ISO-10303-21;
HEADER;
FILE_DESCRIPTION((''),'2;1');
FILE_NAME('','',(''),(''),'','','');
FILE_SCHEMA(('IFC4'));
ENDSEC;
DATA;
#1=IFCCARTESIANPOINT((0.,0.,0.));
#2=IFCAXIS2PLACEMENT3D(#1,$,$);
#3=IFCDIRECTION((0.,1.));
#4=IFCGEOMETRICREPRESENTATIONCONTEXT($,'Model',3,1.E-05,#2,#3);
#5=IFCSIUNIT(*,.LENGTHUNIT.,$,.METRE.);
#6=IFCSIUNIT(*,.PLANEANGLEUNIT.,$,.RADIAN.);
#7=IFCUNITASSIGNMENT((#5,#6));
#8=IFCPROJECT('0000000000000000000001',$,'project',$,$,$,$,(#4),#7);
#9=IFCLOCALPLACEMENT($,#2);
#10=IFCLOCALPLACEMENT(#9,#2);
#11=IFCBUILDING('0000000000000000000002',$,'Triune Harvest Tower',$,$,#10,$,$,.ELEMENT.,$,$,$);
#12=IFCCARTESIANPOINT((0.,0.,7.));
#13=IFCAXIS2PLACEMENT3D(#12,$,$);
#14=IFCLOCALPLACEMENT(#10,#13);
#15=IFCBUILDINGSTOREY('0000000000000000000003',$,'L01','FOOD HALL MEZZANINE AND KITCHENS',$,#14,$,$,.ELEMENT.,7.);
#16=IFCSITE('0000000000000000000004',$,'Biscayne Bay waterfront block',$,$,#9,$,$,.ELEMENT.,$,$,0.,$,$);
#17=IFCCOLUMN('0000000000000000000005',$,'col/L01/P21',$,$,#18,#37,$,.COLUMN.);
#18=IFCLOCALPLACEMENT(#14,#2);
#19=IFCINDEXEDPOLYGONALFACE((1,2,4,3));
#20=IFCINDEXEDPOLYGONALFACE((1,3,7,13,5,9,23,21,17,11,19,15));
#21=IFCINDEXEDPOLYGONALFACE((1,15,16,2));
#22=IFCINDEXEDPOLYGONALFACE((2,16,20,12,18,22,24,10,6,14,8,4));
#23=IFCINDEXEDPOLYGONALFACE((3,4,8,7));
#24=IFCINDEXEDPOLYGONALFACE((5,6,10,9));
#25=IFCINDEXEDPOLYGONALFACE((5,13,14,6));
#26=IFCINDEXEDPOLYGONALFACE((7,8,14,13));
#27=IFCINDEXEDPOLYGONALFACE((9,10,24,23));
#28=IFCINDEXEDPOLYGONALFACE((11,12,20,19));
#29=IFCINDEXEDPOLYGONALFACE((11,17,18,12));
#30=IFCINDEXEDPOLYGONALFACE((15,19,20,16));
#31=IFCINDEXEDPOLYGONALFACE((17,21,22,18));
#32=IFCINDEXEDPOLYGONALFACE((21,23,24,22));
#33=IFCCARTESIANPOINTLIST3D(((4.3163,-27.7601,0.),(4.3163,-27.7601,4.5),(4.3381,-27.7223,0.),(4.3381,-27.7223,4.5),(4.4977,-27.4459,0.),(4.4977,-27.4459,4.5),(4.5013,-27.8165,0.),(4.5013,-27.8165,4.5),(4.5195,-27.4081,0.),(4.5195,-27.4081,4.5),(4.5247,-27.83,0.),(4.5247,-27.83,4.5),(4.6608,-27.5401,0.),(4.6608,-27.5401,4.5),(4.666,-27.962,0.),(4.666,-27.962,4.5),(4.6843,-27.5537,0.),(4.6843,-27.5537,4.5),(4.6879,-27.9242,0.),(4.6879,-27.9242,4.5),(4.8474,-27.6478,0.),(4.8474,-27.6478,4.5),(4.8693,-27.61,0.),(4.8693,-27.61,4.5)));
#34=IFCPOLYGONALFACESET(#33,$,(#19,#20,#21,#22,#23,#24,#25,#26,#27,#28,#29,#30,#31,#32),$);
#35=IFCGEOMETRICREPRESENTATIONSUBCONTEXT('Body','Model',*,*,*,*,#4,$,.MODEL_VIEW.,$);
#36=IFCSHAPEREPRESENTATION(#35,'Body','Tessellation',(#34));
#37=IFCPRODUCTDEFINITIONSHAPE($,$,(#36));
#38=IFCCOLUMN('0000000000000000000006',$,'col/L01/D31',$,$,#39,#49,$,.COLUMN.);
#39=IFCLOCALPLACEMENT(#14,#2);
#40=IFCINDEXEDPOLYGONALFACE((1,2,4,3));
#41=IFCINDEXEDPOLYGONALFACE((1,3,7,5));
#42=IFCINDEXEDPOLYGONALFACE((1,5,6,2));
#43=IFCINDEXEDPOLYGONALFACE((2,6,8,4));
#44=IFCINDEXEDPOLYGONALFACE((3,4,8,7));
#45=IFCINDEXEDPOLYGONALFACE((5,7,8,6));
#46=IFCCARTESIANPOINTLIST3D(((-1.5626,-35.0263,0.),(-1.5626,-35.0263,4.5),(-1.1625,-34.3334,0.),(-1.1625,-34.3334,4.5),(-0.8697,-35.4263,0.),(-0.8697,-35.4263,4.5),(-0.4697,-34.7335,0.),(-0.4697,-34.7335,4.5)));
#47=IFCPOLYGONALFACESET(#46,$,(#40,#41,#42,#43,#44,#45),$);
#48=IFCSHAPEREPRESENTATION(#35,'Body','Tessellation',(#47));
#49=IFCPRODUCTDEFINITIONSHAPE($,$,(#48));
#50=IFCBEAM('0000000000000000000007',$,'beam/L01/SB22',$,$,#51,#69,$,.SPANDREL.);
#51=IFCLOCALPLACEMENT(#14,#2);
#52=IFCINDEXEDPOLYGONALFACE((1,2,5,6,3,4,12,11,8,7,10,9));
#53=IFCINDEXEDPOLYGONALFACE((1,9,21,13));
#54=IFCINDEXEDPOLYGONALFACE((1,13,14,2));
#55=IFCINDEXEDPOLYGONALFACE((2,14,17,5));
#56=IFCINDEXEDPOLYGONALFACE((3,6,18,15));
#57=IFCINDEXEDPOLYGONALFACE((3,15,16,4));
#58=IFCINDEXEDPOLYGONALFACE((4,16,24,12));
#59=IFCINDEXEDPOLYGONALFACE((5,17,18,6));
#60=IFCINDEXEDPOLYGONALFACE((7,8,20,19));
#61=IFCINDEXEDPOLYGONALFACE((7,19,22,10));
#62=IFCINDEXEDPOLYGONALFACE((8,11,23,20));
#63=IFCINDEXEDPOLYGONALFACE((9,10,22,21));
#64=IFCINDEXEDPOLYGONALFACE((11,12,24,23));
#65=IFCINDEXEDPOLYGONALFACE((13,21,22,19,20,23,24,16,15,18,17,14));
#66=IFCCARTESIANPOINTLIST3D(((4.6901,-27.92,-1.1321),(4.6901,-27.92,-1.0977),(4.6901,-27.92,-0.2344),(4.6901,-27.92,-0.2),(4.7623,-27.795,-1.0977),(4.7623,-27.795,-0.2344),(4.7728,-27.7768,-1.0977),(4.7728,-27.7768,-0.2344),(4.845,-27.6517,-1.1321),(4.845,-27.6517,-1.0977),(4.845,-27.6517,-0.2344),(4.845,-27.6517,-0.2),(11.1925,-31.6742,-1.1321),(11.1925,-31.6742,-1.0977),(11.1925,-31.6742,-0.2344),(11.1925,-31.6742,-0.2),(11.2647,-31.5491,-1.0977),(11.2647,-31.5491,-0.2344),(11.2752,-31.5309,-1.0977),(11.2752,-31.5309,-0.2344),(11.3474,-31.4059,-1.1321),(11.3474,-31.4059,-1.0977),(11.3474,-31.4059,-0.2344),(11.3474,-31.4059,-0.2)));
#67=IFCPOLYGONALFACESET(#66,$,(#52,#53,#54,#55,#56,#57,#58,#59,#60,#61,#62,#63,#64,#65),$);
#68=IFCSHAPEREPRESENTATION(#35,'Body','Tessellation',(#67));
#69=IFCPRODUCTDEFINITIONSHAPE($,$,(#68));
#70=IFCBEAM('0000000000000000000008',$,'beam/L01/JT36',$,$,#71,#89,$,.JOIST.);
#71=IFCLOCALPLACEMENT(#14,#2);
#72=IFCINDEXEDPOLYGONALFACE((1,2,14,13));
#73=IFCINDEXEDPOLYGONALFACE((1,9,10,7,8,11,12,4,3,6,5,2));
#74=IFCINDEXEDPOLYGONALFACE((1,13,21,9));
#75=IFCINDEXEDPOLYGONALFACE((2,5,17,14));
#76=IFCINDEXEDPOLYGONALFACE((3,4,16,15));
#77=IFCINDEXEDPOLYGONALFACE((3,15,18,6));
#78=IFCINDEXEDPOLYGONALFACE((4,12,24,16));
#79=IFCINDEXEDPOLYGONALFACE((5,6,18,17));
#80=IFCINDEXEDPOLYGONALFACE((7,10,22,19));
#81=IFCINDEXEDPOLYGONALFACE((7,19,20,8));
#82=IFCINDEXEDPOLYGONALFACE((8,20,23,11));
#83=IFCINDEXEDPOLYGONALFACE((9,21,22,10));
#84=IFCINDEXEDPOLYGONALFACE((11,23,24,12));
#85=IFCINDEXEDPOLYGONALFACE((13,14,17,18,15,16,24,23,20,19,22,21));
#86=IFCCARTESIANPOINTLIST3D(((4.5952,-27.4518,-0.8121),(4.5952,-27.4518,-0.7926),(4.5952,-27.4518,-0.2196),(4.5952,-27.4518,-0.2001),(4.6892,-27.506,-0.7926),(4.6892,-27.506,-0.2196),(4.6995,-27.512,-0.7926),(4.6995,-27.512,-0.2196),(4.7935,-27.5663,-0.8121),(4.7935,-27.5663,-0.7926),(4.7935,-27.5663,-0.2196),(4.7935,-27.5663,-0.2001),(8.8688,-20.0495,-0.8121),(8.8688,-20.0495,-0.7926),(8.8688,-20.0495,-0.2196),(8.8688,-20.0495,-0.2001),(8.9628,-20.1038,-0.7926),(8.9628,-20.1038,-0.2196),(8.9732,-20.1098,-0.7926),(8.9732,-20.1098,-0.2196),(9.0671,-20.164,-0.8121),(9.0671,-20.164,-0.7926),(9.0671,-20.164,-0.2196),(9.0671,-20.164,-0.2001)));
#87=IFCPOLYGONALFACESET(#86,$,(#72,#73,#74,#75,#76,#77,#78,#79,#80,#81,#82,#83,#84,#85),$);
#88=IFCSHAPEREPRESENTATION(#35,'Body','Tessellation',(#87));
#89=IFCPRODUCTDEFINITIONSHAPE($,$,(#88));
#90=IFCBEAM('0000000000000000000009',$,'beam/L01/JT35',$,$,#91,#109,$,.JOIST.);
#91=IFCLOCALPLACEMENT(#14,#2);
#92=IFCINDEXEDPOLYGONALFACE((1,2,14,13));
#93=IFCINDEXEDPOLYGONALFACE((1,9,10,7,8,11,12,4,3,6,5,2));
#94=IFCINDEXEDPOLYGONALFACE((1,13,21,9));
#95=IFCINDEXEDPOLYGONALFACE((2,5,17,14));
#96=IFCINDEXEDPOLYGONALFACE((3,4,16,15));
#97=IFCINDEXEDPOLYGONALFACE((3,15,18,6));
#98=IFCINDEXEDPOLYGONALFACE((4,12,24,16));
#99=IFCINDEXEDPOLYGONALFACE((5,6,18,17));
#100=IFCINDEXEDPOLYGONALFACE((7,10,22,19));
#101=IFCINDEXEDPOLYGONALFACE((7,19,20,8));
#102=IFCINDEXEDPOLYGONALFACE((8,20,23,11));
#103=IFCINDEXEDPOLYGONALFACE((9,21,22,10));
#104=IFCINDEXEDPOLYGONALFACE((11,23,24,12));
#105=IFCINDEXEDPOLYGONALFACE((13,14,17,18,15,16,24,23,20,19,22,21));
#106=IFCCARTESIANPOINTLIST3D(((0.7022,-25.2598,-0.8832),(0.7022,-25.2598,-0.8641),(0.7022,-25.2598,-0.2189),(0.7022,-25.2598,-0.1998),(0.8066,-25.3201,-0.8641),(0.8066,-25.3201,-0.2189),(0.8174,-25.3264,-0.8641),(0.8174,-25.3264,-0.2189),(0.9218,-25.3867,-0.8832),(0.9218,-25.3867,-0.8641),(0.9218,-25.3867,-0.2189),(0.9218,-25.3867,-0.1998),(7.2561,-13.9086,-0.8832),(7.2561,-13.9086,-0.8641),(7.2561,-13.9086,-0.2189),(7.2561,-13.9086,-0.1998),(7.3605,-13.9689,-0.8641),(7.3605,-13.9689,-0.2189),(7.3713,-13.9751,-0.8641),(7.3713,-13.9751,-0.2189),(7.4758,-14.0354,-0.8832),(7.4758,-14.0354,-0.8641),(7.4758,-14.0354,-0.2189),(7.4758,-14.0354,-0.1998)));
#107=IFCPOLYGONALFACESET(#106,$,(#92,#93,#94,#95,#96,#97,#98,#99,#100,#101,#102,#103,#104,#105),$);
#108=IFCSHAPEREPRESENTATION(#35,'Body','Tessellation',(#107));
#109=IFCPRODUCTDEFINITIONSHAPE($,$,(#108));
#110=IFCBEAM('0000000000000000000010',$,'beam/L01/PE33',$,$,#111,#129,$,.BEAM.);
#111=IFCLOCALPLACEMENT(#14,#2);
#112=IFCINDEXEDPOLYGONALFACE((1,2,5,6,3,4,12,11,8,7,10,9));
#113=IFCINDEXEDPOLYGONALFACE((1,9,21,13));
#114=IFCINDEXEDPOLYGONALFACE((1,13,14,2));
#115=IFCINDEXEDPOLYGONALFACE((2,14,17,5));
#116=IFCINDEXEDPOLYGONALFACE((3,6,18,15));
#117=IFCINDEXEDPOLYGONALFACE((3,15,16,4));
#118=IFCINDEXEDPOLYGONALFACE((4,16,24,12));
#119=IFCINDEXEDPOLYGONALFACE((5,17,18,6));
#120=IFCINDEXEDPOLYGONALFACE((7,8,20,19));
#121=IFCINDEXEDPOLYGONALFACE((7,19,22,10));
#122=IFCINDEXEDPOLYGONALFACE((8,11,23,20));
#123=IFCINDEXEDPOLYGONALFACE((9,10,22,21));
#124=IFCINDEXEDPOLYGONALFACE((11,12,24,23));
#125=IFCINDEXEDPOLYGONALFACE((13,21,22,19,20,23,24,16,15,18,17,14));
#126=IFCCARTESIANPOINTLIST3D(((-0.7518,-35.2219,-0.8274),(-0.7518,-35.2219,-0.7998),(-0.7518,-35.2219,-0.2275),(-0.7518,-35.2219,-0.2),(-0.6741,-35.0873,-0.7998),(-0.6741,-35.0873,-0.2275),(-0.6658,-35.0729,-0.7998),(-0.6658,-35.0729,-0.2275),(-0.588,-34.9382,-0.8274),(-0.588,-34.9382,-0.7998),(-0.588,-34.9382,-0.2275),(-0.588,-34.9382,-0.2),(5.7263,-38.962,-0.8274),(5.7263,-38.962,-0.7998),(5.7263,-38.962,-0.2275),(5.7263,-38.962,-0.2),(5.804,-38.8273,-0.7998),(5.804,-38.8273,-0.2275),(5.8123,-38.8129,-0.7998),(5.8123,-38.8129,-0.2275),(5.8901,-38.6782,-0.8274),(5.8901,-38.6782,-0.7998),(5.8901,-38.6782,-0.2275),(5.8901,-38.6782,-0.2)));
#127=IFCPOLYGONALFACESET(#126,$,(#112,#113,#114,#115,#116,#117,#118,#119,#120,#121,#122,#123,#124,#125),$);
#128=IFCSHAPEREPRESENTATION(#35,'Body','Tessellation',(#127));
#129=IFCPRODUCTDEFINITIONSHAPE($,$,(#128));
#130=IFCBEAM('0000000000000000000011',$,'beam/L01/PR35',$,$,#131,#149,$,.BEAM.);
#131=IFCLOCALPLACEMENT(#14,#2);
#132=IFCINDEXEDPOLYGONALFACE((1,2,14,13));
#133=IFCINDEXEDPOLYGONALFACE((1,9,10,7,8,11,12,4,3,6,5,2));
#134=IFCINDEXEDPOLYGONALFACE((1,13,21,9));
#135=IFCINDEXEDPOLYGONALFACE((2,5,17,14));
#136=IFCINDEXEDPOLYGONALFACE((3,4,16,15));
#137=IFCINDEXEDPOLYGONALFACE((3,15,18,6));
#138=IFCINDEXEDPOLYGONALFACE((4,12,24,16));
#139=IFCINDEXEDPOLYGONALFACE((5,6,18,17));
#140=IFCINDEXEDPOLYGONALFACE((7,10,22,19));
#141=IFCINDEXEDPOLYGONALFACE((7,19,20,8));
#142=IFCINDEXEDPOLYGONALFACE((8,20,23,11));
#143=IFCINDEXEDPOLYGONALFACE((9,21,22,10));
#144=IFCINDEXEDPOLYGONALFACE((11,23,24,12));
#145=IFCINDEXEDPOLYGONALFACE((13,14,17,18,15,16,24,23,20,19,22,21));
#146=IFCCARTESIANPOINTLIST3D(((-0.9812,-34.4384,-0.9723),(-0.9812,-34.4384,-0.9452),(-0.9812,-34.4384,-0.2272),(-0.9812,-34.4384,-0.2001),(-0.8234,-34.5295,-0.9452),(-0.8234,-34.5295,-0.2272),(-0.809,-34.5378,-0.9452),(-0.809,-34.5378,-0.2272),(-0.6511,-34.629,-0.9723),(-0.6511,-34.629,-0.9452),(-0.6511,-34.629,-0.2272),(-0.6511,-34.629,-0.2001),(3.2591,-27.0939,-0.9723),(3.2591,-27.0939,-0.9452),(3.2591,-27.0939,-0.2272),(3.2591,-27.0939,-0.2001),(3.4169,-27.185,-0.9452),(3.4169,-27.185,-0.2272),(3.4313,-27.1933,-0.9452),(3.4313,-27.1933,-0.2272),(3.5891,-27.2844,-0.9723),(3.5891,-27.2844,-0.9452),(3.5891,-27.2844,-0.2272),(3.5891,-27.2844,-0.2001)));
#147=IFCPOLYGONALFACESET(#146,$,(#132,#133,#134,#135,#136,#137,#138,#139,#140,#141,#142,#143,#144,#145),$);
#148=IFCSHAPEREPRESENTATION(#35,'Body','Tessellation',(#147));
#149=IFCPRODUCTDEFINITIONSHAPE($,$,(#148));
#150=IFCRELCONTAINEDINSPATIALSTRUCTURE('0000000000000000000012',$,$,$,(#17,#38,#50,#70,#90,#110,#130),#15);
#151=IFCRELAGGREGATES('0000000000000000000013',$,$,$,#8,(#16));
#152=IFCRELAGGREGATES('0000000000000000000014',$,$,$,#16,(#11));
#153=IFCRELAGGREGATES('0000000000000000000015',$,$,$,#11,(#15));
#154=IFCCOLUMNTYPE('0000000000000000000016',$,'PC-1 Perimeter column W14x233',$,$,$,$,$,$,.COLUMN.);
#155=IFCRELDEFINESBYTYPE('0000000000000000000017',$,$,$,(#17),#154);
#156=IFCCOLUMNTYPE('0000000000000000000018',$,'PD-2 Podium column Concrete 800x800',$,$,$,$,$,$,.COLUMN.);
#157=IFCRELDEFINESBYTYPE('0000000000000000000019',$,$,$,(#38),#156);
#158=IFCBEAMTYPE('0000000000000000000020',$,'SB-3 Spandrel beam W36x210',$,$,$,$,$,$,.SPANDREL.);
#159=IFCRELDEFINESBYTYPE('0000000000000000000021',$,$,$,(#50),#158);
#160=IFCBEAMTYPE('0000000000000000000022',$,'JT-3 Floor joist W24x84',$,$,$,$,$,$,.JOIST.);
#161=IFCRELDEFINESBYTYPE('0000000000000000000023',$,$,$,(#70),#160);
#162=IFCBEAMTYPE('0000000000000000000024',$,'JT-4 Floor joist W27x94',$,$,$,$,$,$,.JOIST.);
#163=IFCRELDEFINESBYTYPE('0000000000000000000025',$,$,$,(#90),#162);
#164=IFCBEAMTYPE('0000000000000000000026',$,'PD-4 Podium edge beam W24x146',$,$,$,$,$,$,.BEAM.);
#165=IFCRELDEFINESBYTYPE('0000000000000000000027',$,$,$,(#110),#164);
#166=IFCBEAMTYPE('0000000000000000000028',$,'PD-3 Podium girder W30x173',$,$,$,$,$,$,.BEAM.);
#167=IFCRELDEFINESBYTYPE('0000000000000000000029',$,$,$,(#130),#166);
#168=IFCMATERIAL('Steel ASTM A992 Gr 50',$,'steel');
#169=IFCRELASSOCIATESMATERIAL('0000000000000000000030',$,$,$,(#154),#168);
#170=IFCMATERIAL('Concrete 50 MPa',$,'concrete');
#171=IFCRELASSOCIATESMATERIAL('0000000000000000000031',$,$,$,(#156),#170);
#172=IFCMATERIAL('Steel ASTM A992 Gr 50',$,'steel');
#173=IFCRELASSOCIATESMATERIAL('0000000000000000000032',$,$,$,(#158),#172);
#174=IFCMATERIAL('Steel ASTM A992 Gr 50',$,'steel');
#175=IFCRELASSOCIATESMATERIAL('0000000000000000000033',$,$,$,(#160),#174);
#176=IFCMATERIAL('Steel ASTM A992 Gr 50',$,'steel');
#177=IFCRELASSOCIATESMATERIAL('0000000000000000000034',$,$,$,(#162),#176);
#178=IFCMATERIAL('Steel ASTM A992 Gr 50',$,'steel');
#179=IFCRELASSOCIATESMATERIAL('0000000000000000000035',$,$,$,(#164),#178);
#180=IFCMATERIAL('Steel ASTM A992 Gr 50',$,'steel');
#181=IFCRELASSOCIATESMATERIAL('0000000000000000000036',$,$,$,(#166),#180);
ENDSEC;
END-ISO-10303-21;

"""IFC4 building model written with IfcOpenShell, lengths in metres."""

from ifc_helpers import new_model, si_unit, direction, frame, origin, origin_2d, place, context, subcontext, project, spatial, rectangle, i_section, extrude, source, transform, mapped, material, material_profile, profile_set, type_object, element, save


model = new_model("IFC4")

# Units and contexts
model_context = context("Model", 3, precision=1e-05, world=origin(), true_north=direction((0.0, 1.0)))
body_context = subcontext(model_context, "Body", "Model", "MODEL_VIEW")
ifc_project = project(units=[si_unit("LENGTHUNIT", "METRE"), si_unit("PLANEANGLEUNIT", "RADIAN")], contexts=[model_context])

# Site, building, storey
site_placement = place(None, origin())
site = spatial("IfcSite", under=ifc_project, at=site_placement, Name="Biscayne Bay waterfront block", CompositionType="ELEMENT", RefElevation=0.0)
building_placement = place(site_placement, origin())
building = spatial("IfcBuilding", under=site, at=building_placement, Name="Triune Harvest Tower", CompositionType="ELEMENT")
storey_placement = place(building_placement, frame((0.0, 0.0, 7.0)))
storey = spatial("IfcBuildingStorey", under=building, at=storey_placement, Name="L01", Description="FOOD HALL MEZZANINE AND KITCHENS", CompositionType="ELEMENT", Elevation=7.0)

# Columns
ifc_material_1 = material(Name="Steel ASTM A992 Gr 50", Category="steel")
ifc_material_profile_1 = material_profile(ifc_material_1, i_section(OverallWidth=0.4038, OverallDepth=0.4065, WebThickness=0.0271, FlangeThickness=0.0437, at=origin_2d()), Name="W14x233")
ifc_profile_set_1 = profile_set([ifc_material_profile_1], Name="Steel ASTM A992 Gr 50")
column_type_1 = type_object("IfcColumnType", Name="PC-1 Perimeter column W14x233", PredefinedType="COLUMN", material=ifc_profile_set_1)
shared_shape_1 = source(origin(), body_context, "Body", "SweptSolid", [
    extrude(i_section(OverallWidth=0.4038, OverallDepth=0.4065, WebThickness=0.0271, FlangeThickness=0.0437, at=origin_2d()), origin(), (0.0, 0.0, 1.0), 4.5),
])
column_1_placement = place(storey_placement, frame((4.5928, -27.6851, 0.0), z_axis=(0.0, 0.0, 1.0), x_axis=(0.866025, -0.5, 0.0)))
element("IfcColumn", 1, at=column_1_placement, inside=storey, type_object=column_type_1, Name="col/L01/P21", PredefinedType="COLUMN", context=body_context, shape_type="MappedRepresentation", body=[
    mapped(shared_shape_1, transform((0.0, 0.0, 0.0), scale=1.0)),
])
ifc_material_2 = material(Name="Concrete 50 MPa", Category="concrete")
ifc_material_profile_2 = material_profile(ifc_material_2, rectangle(XDim=0.8, YDim=0.8, at=origin_2d()), Name="Concrete 800x800")
ifc_profile_set_2 = profile_set([ifc_material_profile_2], Name="Concrete 50 MPa")
column_type_2 = type_object("IfcColumnType", Name="PD-2 Podium column Concrete 800x800", PredefinedType="COLUMN", material=ifc_profile_set_2)
shared_shape_2 = source(origin(), body_context, "Body", "SweptSolid", [
    extrude(rectangle(XDim=0.8, YDim=0.8, at=origin_2d()), origin(), (0.0, 0.0, 1.0), 4.5),
])
column_2_placement = place(storey_placement, frame((-1.0161, -34.8799, 0.0), z_axis=(0.0, 0.0, 1.0), x_axis=(0.866025, -0.5, 0.0)))
element("IfcColumn", 2, at=column_2_placement, inside=storey, type_object=column_type_2, Name="col/L01/D31", PredefinedType="COLUMN", context=body_context, shape_type="MappedRepresentation", body=[
    mapped(shared_shape_2, transform((0.0, 0.0, 0.0), scale=1.0)),
])

# Beams
ifc_material_3 = material(Name="Steel ASTM A992 Gr 50", Category="steel")
ifc_material_profile_3 = material_profile(ifc_material_3, i_section(OverallWidth=0.3098, OverallDepth=0.9321, WebThickness=0.021, FlangeThickness=0.0344, at=origin_2d()), Name="W36x210")
ifc_profile_set_3 = profile_set([ifc_material_profile_3], Name="Steel ASTM A992 Gr 50")
beam_type_1 = type_object("IfcBeamType", Name="SB-3 Spandrel beam W36x210", PredefinedType="SPANDREL", material=ifc_profile_set_3)
shared_shape_3 = source(origin(), body_context, "Body", "SweptSolid", [
    extrude(i_section(OverallWidth=0.3098, OverallDepth=0.9321, WebThickness=0.021, FlangeThickness=0.0344, at=origin_2d()), origin(), (0.0, 0.0, 1.0), 7.5083),
])
beam_1_placement = place(storey_placement, frame((4.7676, -27.7859, -0.666), z_axis=(0.866027, -0.499996, 0.0), x_axis=(0.499996, 0.866027, 0.0)))
element("IfcBeam", 3, at=beam_1_placement, inside=storey, type_object=beam_type_1, Name="beam/L01/SB22", PredefinedType="SPANDREL", context=body_context, shape_type="MappedRepresentation", body=[
    mapped(shared_shape_3, transform((0.0, 0.0, 0.0), scale=1.0)),
])
ifc_material_4 = material(Name="Steel ASTM A992 Gr 50", Category="steel")
ifc_material_profile_4 = material_profile(ifc_material_4, i_section(OverallWidth=0.229, OverallDepth=0.6121, WebThickness=0.012, FlangeThickness=0.0195, at=origin_2d()), Name="W24x84")
ifc_profile_set_4 = profile_set([ifc_material_profile_4], Name="Steel ASTM A992 Gr 50")
beam_type_2 = type_object("IfcBeamType", Name="JT-3 Floor joist W24x84", PredefinedType="JOIST", material=ifc_profile_set_4)
shared_shape_4 = source(origin(), body_context, "Body", "SweptSolid", [
    extrude(i_section(OverallWidth=0.229, OverallDepth=0.6121, WebThickness=0.012, FlangeThickness=0.0195, at=origin_2d()), origin(), (0.0, 0.0, 1.0), 8.5474),
])
beam_2_placement = place(storey_placement, frame((4.6943, -27.509, -0.5061), z_axis=(0.499994, 0.866029, 0.0), x_axis=(-0.866029, 0.499994, 0.0)))
element("IfcBeam", 4, at=beam_2_placement, inside=storey, type_object=beam_type_2, Name="beam/L01/JT36", PredefinedType="JOIST", context=body_context, shape_type="MappedRepresentation", body=[
    mapped(shared_shape_4, transform((0.0, 0.0, 0.0), scale=1.0)),
])
ifc_material_5 = material(Name="Steel ASTM A992 Gr 50", Category="steel")
ifc_material_profile_5 = material_profile(ifc_material_5, i_section(OverallWidth=0.2537, OverallDepth=0.6833, WebThickness=0.0125, FlangeThickness=0.019, at=origin_2d()), Name="W27x94")
ifc_profile_set_5 = profile_set([ifc_material_profile_5], Name="Steel ASTM A992 Gr 50")
beam_type_3 = type_object("IfcBeamType", Name="JT-4 Floor joist W27x94", PredefinedType="JOIST", material=ifc_profile_set_5)
shared_shape_5 = source(origin(), body_context, "Body", "SweptSolid", [
    extrude(i_section(OverallWidth=0.2537, OverallDepth=0.6833, WebThickness=0.0125, FlangeThickness=0.019, at=origin_2d()), origin(), (0.0, 0.0, 1.0), 13.1074),
])
beam_3_placement = place(storey_placement, frame((0.812, -25.3232, -0.5415), z_axis=(0.500015, 0.866017, 0.0), x_axis=(-0.866017, 0.500015, 0.0)))
element("IfcBeam", 5, at=beam_3_placement, inside=storey, type_object=beam_type_3, Name="beam/L01/JT35", PredefinedType="JOIST", context=body_context, shape_type="MappedRepresentation", body=[
    mapped(shared_shape_5, transform((0.0, 0.0, 0.0), scale=1.0)),
])
ifc_material_6 = material(Name="Steel ASTM A992 Gr 50", Category="steel")
ifc_material_profile_6 = material_profile(ifc_material_6, i_section(OverallWidth=0.3276, OverallDepth=0.6274, WebThickness=0.0166, FlangeThickness=0.0276, at=origin_2d()), Name="W24x146")
ifc_profile_set_6 = profile_set([ifc_material_profile_6], Name="Steel ASTM A992 Gr 50")
beam_type_4 = type_object("IfcBeamType", Name="PD-4 Podium edge beam W24x146", PredefinedType="BEAM", material=ifc_profile_set_6)
shared_shape_6 = source(origin(), body_context, "Body", "SweptSolid", [
    extrude(i_section(OverallWidth=0.3276, OverallDepth=0.6274, WebThickness=0.0166, FlangeThickness=0.0276, at=origin_2d()), origin(), (0.0, 0.0, 1.0), 7.4802),
])
beam_4_placement = place(storey_placement, frame((-0.6699, -35.0801, -0.5137), z_axis=(0.866031, -0.49999, 0.0), x_axis=(0.49999, 0.866031, 0.0)))
element("IfcBeam", 6, at=beam_4_placement, inside=storey, type_object=beam_type_4, Name="beam/L01/PE33", PredefinedType="BEAM", context=body_context, shape_type="MappedRepresentation", body=[
    mapped(shared_shape_6, transform((0.0, 0.0, 0.0), scale=1.0)),
])
ifc_material_7 = material(Name="Steel ASTM A992 Gr 50", Category="steel")
ifc_material_profile_7 = material_profile(ifc_material_7, i_section(OverallWidth=0.3811, OverallDepth=0.7722, WebThickness=0.0166, FlangeThickness=0.0271, at=origin_2d()), Name="W30x173")
ifc_profile_set_7 = profile_set([ifc_material_profile_7], Name="Steel ASTM A992 Gr 50")
beam_type_5 = type_object("IfcBeamType", Name="PD-3 Podium girder W30x173", PredefinedType="BEAM", material=ifc_profile_set_7)
shared_shape_7 = source(origin(), body_context, "Body", "SweptSolid", [
    extrude(i_section(OverallWidth=0.3811, OverallDepth=0.7722, WebThickness=0.0166, FlangeThickness=0.0271, at=origin_2d()), origin(), (0.0, 0.0, 1.0), 8.4807),
])
beam_5_placement = place(storey_placement, frame((-0.8162, -34.5337, -0.5862), z_axis=(0.499991, 0.866031, 0.0), x_axis=(-0.866031, 0.499991, 0.0)))
element("IfcBeam", 7, at=beam_5_placement, inside=storey, type_object=beam_type_5, Name="beam/L01/PR35", PredefinedType="BEAM", context=body_context, shape_type="MappedRepresentation", body=[
    mapped(shared_shape_7, transform((0.0, 0.0, 0.0), scale=1.0)),
])

save(model, "model.ifc")
